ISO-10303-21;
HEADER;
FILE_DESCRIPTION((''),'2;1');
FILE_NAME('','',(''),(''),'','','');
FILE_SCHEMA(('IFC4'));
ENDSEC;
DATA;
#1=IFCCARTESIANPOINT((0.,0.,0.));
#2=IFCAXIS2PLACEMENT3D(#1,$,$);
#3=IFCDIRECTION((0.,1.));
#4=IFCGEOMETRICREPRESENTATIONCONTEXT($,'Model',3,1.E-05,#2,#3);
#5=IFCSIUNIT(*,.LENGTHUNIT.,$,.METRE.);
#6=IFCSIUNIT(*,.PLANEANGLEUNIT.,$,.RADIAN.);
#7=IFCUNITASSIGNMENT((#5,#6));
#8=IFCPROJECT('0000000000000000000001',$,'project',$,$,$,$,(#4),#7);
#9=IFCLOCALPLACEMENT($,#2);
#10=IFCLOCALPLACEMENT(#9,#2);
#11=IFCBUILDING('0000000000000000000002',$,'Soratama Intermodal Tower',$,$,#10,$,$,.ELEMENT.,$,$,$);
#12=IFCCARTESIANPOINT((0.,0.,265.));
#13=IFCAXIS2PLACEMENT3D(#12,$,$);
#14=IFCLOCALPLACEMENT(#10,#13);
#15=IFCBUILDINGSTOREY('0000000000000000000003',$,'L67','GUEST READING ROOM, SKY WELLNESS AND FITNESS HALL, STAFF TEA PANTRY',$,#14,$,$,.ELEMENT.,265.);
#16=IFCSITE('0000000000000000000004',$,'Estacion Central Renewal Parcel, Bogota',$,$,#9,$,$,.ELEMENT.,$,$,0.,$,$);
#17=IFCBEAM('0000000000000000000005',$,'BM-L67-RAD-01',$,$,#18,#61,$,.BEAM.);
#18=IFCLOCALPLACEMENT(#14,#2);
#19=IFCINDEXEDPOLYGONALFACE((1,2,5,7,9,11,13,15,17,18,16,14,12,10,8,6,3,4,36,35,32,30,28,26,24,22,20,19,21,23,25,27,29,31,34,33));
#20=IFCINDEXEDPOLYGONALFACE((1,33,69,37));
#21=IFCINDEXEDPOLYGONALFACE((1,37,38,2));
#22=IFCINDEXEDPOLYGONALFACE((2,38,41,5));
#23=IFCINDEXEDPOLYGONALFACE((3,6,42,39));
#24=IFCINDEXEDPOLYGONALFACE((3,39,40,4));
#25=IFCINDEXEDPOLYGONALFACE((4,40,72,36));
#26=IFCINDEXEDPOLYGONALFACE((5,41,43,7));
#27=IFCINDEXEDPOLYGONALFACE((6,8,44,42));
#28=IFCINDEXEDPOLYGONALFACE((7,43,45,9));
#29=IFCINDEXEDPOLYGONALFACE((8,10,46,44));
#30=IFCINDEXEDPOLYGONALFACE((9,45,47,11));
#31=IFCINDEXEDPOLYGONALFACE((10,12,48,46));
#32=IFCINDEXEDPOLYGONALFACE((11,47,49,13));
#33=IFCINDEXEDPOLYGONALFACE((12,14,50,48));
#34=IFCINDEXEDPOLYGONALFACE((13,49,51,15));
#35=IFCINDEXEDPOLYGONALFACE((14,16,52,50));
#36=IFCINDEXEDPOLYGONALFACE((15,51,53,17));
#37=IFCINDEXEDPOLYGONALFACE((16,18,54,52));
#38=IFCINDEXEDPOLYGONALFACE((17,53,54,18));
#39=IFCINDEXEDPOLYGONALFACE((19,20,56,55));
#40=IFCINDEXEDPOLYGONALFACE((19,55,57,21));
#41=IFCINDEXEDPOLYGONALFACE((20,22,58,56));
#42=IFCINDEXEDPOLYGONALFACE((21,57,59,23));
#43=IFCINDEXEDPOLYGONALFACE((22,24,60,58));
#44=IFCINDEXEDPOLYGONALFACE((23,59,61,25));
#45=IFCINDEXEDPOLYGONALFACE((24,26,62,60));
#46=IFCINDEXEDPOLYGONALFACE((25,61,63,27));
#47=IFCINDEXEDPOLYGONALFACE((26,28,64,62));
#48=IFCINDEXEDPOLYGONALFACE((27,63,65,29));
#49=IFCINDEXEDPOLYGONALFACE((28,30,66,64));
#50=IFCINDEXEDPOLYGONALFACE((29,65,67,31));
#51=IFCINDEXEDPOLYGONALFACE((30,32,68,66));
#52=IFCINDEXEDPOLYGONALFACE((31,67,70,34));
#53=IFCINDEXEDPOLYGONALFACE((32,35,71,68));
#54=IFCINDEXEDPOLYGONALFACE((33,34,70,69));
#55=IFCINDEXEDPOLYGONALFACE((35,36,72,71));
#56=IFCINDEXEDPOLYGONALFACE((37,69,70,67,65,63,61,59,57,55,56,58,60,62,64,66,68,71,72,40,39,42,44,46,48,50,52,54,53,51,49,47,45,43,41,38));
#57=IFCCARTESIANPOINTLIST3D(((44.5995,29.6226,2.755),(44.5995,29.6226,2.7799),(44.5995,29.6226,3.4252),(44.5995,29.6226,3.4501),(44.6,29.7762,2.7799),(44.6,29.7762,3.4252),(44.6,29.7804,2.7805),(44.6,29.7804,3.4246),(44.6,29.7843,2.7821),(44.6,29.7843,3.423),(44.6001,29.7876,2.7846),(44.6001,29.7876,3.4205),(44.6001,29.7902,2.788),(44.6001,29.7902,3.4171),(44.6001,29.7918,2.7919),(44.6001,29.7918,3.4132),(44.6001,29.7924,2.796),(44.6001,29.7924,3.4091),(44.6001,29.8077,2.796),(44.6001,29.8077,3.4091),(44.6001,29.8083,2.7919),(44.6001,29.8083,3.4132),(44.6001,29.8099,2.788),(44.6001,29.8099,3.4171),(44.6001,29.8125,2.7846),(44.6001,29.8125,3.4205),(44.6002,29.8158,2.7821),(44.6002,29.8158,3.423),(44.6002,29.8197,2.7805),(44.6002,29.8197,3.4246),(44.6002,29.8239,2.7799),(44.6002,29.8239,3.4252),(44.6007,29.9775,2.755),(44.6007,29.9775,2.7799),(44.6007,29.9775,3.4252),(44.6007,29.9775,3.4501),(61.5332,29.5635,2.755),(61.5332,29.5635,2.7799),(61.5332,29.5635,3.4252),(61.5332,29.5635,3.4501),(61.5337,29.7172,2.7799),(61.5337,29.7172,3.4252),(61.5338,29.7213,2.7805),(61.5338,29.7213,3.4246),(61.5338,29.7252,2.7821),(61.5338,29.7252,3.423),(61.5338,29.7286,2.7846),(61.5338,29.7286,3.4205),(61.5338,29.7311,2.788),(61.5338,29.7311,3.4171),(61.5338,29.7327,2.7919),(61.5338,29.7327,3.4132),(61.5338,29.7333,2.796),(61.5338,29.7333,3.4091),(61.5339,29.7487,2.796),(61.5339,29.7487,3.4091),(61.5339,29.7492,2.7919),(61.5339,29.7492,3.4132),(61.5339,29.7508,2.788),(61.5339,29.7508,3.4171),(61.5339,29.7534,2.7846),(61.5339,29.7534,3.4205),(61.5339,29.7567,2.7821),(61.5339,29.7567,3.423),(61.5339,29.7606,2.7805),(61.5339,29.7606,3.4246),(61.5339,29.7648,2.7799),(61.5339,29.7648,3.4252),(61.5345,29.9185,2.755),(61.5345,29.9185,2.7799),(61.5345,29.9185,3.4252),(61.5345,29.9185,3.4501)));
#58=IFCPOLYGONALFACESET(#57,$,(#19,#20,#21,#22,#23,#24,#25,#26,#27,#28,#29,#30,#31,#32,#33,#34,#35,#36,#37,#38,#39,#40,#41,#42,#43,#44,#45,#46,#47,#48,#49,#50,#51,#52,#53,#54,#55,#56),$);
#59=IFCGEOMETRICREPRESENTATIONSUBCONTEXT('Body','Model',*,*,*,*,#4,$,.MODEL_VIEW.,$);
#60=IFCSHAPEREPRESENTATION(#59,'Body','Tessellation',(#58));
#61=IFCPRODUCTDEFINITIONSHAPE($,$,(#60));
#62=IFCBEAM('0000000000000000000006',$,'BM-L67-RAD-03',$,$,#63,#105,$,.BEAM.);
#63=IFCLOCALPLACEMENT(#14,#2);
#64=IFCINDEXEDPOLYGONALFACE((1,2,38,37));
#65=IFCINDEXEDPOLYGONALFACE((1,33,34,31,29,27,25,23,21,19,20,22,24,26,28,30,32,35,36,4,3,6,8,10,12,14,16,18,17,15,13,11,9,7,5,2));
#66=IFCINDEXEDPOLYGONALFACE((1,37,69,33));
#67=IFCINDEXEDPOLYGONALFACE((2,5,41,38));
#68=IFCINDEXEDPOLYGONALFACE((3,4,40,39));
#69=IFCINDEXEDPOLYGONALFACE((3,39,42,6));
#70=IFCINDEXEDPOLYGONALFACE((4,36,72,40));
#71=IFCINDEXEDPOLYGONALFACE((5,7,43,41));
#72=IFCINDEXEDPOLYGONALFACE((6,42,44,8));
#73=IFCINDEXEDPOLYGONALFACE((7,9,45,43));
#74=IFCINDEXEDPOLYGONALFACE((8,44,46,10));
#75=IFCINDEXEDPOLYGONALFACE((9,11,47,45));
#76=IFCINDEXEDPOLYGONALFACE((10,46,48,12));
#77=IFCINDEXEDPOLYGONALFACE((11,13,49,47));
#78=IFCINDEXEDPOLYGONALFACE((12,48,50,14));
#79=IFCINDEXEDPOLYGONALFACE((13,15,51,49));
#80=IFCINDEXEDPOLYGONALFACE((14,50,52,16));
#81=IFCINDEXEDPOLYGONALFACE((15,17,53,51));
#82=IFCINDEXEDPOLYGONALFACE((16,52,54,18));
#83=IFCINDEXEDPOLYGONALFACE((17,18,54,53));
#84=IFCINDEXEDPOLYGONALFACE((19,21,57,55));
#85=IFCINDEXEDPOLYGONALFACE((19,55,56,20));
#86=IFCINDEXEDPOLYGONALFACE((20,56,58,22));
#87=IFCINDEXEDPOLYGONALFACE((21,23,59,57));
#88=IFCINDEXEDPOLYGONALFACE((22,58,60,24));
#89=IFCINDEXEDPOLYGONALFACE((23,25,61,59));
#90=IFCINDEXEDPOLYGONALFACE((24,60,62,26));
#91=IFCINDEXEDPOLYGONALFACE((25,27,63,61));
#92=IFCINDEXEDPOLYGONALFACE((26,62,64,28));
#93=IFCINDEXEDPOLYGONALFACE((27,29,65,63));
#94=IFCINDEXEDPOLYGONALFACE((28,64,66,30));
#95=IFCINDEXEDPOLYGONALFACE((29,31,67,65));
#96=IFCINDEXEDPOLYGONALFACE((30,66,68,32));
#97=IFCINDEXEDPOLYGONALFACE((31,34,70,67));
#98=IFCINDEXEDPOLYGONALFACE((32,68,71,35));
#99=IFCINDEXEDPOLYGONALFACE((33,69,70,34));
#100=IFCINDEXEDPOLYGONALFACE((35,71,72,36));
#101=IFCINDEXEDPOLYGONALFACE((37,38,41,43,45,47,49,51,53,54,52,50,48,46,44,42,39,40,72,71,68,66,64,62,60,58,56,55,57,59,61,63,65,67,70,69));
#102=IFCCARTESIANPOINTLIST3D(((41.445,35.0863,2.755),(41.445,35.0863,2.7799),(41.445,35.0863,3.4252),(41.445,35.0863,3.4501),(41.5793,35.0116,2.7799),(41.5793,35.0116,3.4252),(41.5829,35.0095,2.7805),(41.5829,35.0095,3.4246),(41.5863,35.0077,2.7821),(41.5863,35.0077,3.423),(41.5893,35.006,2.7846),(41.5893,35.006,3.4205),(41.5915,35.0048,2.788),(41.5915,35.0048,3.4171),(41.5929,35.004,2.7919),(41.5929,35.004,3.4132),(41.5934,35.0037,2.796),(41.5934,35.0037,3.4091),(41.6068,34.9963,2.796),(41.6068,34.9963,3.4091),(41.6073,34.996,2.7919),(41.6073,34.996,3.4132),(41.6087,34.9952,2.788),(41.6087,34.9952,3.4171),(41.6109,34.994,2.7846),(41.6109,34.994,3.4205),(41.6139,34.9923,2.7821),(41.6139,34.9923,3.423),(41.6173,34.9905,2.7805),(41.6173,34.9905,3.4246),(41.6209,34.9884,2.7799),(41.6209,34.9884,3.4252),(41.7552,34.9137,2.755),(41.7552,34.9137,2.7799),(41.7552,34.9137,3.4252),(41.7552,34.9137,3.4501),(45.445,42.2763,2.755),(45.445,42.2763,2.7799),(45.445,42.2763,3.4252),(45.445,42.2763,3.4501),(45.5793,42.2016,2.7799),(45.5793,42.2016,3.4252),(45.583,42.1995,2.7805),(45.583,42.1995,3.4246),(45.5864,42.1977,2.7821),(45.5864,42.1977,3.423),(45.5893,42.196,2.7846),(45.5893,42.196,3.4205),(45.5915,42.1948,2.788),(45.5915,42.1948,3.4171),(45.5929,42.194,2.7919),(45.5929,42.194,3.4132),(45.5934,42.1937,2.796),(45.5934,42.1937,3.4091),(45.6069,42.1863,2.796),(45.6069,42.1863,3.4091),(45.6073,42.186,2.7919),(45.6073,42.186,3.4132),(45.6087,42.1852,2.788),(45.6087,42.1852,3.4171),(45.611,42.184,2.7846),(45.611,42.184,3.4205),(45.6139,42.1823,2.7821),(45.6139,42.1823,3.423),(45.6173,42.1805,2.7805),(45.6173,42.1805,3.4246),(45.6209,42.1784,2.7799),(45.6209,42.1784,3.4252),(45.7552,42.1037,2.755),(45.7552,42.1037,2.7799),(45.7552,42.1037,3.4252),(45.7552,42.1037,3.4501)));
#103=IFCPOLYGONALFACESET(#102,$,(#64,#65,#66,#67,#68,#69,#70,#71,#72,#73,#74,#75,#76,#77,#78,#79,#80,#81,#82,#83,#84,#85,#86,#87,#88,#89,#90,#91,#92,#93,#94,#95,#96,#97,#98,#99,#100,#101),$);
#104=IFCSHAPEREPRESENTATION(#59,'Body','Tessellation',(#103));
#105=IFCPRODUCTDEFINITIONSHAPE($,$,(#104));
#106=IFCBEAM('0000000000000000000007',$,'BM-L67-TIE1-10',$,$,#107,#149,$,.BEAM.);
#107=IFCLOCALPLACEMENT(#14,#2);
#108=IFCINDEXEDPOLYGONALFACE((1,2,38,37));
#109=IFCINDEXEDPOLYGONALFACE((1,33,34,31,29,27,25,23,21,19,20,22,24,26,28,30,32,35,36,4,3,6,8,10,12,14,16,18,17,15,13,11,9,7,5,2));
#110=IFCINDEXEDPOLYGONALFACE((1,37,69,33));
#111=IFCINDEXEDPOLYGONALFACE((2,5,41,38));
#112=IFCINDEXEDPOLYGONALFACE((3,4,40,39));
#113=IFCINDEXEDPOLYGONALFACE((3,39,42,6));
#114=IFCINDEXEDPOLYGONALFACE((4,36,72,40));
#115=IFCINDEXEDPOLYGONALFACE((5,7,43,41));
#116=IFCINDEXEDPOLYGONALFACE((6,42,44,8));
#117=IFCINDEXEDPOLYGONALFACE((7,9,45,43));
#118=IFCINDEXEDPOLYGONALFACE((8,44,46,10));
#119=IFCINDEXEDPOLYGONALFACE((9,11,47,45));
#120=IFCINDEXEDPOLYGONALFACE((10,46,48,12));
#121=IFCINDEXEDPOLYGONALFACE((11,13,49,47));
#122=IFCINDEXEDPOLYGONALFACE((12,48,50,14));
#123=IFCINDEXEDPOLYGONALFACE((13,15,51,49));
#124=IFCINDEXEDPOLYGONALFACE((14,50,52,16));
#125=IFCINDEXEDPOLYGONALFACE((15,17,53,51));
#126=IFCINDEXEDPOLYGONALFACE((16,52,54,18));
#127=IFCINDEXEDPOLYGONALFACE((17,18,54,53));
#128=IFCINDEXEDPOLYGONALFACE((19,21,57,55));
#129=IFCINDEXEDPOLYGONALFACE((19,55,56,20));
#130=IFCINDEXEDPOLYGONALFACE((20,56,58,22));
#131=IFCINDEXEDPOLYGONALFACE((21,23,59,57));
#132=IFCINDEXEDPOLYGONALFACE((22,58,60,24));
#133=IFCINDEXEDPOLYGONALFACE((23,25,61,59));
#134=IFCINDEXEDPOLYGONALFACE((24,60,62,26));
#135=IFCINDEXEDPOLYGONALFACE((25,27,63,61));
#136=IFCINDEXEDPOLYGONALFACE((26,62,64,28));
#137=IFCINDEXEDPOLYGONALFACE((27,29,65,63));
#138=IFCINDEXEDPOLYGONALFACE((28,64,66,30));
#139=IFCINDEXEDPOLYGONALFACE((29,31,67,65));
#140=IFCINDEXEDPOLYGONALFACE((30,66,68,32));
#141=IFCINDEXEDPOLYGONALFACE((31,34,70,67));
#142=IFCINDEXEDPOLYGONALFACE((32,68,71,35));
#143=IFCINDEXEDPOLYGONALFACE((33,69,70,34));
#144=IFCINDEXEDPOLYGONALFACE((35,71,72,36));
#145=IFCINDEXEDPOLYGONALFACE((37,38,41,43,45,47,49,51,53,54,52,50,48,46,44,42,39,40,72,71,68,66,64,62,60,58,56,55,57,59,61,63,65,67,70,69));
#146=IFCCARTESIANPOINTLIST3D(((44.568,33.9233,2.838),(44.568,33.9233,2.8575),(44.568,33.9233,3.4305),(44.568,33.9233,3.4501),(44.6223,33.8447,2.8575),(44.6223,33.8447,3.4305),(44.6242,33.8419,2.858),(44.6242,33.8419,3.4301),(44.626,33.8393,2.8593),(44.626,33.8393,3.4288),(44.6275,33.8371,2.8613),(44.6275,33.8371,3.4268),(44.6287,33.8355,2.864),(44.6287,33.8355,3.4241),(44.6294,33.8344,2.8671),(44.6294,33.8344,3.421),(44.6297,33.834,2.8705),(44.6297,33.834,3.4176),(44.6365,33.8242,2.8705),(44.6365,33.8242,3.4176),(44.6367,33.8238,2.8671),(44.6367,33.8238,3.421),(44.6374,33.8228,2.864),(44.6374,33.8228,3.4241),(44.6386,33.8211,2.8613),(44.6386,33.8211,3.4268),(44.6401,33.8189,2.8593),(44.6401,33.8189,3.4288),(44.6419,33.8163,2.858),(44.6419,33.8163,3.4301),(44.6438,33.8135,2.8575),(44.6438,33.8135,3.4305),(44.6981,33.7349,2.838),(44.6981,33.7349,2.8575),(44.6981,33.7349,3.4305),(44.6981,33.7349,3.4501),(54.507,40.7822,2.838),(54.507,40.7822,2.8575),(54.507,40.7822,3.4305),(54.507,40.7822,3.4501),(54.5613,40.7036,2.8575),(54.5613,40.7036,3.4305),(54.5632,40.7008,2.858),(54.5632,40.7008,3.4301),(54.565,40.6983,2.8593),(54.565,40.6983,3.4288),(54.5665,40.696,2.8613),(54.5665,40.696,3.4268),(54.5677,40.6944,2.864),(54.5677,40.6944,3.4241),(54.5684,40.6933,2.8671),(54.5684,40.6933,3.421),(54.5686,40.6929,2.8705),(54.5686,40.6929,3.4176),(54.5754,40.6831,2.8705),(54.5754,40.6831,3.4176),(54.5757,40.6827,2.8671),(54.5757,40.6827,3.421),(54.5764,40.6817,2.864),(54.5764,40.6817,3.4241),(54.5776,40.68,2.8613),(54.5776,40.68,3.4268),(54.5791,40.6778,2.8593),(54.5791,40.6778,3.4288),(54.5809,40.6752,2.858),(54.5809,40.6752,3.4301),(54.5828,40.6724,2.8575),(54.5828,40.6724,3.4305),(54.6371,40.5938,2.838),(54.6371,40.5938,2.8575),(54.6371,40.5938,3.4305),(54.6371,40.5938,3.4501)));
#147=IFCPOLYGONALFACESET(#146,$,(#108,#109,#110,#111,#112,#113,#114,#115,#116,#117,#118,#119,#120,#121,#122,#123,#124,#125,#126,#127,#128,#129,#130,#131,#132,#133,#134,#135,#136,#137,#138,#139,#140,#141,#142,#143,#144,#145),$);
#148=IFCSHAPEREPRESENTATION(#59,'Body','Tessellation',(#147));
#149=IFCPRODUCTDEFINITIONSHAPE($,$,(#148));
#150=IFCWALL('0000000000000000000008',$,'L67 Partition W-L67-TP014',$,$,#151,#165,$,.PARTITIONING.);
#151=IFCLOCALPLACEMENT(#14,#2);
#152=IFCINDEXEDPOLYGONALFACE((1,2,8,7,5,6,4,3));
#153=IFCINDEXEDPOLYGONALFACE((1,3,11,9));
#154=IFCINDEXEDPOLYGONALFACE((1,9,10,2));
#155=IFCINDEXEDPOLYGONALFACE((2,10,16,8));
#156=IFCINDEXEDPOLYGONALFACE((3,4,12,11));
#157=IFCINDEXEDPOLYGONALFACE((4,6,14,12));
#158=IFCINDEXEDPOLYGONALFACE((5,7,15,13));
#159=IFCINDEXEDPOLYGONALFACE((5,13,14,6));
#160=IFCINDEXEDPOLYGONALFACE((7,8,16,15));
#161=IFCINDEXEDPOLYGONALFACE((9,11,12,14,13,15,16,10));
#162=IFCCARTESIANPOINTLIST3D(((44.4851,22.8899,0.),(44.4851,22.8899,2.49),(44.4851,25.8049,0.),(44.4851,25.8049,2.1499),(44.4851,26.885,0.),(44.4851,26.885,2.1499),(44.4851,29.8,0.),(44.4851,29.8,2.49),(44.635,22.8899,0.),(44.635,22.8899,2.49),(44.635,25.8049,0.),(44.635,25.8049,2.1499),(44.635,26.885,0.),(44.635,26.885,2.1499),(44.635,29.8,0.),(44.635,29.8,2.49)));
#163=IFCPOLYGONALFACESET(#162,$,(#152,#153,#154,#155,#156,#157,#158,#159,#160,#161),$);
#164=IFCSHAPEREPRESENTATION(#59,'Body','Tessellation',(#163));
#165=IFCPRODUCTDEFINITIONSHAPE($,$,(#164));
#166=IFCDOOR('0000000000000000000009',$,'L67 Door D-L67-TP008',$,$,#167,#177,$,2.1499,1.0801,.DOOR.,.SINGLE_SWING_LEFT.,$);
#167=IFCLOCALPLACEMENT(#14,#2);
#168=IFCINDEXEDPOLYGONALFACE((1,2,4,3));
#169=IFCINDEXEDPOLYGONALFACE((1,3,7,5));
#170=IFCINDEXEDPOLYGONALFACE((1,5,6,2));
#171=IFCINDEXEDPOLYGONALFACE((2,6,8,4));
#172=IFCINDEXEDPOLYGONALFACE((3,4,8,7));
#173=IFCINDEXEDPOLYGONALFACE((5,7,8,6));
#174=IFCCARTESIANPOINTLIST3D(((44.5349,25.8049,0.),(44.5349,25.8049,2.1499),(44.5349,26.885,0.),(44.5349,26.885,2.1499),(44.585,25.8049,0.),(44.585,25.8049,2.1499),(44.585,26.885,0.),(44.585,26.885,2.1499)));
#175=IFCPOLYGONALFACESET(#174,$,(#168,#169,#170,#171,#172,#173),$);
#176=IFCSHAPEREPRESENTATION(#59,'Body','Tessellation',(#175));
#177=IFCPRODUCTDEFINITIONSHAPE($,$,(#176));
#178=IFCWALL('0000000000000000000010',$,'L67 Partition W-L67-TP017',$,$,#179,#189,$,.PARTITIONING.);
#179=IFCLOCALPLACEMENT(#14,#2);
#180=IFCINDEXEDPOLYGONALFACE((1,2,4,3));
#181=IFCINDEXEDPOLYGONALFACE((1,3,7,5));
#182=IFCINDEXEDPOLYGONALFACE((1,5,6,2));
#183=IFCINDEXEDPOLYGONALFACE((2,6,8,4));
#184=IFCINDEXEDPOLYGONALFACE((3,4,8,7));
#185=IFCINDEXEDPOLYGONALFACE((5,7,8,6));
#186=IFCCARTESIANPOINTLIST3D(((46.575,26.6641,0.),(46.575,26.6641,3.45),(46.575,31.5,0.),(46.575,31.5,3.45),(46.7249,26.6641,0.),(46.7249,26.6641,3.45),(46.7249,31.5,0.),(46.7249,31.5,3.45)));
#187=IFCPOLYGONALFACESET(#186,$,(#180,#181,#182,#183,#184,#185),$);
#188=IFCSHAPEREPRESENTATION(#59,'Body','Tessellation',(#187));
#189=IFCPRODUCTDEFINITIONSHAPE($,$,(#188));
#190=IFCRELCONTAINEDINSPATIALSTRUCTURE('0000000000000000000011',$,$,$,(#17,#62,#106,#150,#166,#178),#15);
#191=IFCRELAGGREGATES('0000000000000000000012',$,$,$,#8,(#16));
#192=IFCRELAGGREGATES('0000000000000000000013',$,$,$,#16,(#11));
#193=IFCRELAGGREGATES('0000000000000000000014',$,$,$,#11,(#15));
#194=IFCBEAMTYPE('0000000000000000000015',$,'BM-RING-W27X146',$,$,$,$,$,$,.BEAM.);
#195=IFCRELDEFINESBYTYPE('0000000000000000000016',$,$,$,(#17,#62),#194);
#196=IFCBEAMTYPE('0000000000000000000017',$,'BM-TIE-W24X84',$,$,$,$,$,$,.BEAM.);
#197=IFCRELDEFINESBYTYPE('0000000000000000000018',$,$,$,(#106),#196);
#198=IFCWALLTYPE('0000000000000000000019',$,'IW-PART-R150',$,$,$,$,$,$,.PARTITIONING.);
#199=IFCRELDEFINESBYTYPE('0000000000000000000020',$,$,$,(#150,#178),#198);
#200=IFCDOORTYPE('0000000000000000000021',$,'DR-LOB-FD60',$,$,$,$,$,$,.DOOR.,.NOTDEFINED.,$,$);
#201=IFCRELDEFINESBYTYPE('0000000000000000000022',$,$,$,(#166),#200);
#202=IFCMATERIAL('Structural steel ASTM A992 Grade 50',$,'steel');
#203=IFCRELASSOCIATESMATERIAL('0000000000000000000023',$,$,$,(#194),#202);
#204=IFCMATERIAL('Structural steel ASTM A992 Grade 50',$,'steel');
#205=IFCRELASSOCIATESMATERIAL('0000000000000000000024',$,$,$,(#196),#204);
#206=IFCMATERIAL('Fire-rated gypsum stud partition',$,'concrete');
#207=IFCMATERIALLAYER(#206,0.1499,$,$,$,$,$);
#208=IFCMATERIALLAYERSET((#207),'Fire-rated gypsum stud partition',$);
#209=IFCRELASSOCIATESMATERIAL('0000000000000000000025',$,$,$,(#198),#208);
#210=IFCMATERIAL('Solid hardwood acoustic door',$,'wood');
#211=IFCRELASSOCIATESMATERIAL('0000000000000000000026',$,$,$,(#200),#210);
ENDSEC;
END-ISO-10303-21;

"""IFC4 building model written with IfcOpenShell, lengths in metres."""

from ifc_helpers import new_model, si_unit, direction, frame, frame_2d, origin, origin_2d, place, context, subcontext, project, spatial, rectangle, i_section, extrude, material, layer, layer_set, material_profile, profile_set, type_object, element, fill, save


model = new_model("IFC4")

# Units and contexts
model_context = context("Model", 3, precision=1e-05, world=origin(), true_north=direction((0.0, 1.0)))
body_context = subcontext(model_context, "Body", "Model", "MODEL_VIEW")
ifc_project = project(units=[si_unit("LENGTHUNIT", "METRE"), si_unit("PLANEANGLEUNIT", "RADIAN")], contexts=[model_context])

# Site, building, storey
site_placement = place(None, origin())
site = spatial("IfcSite", under=ifc_project, at=site_placement, Name="Estacion Central Renewal Parcel, Bogota", CompositionType="ELEMENT", RefElevation=0.0)
building_placement = place(site_placement, origin())
building = spatial("IfcBuilding", under=site, at=building_placement, Name="Soratama Intermodal Tower", CompositionType="ELEMENT")
storey_placement = place(building_placement, frame((0.0, 0.0, 265.0)))
storey = spatial("IfcBuildingStorey", under=building, at=storey_placement, Name="L67", Description="GUEST READING ROOM, SKY WELLNESS AND FITNESS HALL, STAFF TEA PANTRY", CompositionType="ELEMENT", Elevation=265.0)

# Beams
ifc_material_1 = material(Name="Structural steel ASTM A992 Grade 50", Category="steel")
ifc_material_profile_1 = material_profile(ifc_material_1, i_section(OverallWidth=0.355, OverallDepth=0.6951, WebThickness=0.0154, FlangeThickness=0.0249, FilletRadius=0.0161, at=origin_2d()), Name="W27X146")
ifc_profile_set_1 = profile_set([ifc_material_profile_1], Name="Structural steel ASTM A992 Grade 50")
beam_type_1 = type_object("IfcBeamType", Name="BM-RING-W27X146", PredefinedType="BEAM", material=ifc_profile_set_1)
beam_1_placement = place(storey_placement, frame((44.6001, 29.8, 3.1025), z_axis=(0.999994, -0.003489, 0.0), x_axis=(0.003489, 0.999994, 0.0)))
element("IfcBeam", 1, at=beam_1_placement, inside=storey, type_object=beam_type_1, Name="BM-L67-RAD-01", PredefinedType="BEAM", context=body_context, shape_type="SweptSolid", body=[
    extrude(i_section(OverallWidth=0.355, OverallDepth=0.6951, WebThickness=0.0154, FlangeThickness=0.0249, FilletRadius=0.0161, at=origin_2d()), origin(), (0.0, 0.0, 1.0), 16.9338),
])
beam_2_placement = place(storey_placement, frame((41.6001, 35.0, 3.1025), z_axis=(0.486162, 0.873869, 0.0), x_axis=(-0.873869, 0.486162, 0.0)))
element("IfcBeam", 2, at=beam_2_placement, inside=storey, type_object=beam_type_1, Name="BM-L67-RAD-03", PredefinedType="BEAM", context=body_context, shape_type="SweptSolid", body=[
    extrude(i_section(OverallWidth=0.355, OverallDepth=0.6951, WebThickness=0.0154, FlangeThickness=0.0249, FilletRadius=0.0161, at=origin_2d()), origin(), (0.0, 0.0, 1.0), 8.2278),
])
ifc_material_2 = material(Name="Structural steel ASTM A992 Grade 50", Category="steel")
ifc_material_profile_2 = material_profile(ifc_material_2, i_section(OverallWidth=0.229, OverallDepth=0.6121, WebThickness=0.012, FlangeThickness=0.0195, FilletRadius=0.0129, at=origin_2d()), Name="W24X84")
ifc_profile_set_2 = profile_set([ifc_material_profile_2], Name="Structural steel ASTM A992 Grade 50")
beam_type_2 = type_object("IfcBeamType", Name="BM-TIE-W24X84", PredefinedType="BEAM", material=ifc_profile_set_2)
beam_3_placement = place(storey_placement, frame((44.6331, 33.8291, 3.144), z_axis=(0.823041, 0.567981, 0.0), x_axis=(-0.567981, 0.823041, 0.0)))
element("IfcBeam", 3, at=beam_3_placement, inside=storey, type_object=beam_type_2, Name="BM-L67-TIE1-10", PredefinedType="BEAM", context=body_context, shape_type="SweptSolid", body=[
    extrude(i_section(OverallWidth=0.229, OverallDepth=0.6121, WebThickness=0.012, FlangeThickness=0.0195, FilletRadius=0.0129, at=origin_2d()), origin(), (0.0, 0.0, 1.0), 12.0759),
])

# Wall, opening, door
ifc_material_3 = material(Name="Fire-rated gypsum stud partition", Category="concrete")
ifc_layer_1 = layer(ifc_material_3, 0.1499)
ifc_layer_set_1 = layer_set([ifc_layer_1], Name="Fire-rated gypsum stud partition")
wall_type_1 = type_object("IfcWallType", Name="IW-PART-R150", PredefinedType="PARTITIONING", material=ifc_layer_set_1)
wall_1_placement = place(storey_placement, frame((44.5601, 29.8, 0.0), z_axis=(0.0, 0.0, 1.0), x_axis=(0.0, -1.0, 0.0)))
wall_1 = element("IfcWall", 4, at=wall_1_placement, inside=storey, type_object=wall_type_1, Name="L67 Partition W-L67-TP014", PredefinedType="PARTITIONING", context=body_context, shape_type="SweptSolid", body=[
    extrude(rectangle(XDim=6.9102, YDim=0.1499, at=frame_2d((3.4551, 0.0))), origin(), (0.0, 0.0, 1.0), 2.49),
])
opening_1_placement = place(wall_1_placement, frame((2.915, 0.0, 0.0)))
opening_1 = element("IfcOpeningElement", 5, at=opening_1_placement, cuts=wall_1, PredefinedType="OPENING", context=body_context, shape_type="SweptSolid", body=[
    extrude(rectangle(XDim=1.0801, YDim=2.1499, at=frame_2d((0.54, 1.075))), frame((0.0, 0.085, 0.0), z_axis=(0.0, -1.0, 0.0), x_axis=(1.0, 0.0, 0.0)), (0.0, 0.0, 1.0), 0.1699),
])
ifc_material_4 = material(Name="Solid hardwood acoustic door", Category="wood")
door_type_1 = type_object("IfcDoorType", Name="DR-LOB-FD60", OperationType="NOTDEFINED", PredefinedType="DOOR", material=ifc_material_4)
door_1_placement = place(opening_1_placement, origin())
door_1 = element("IfcDoor", 6, at=door_1_placement, inside=storey, type_object=door_type_1, Name="L67 Door D-L67-TP008", OperationType="SINGLE_SWING_LEFT", OverallHeight=2.1499, OverallWidth=1.0801, PredefinedType="DOOR", context=body_context, shape_type="SweptSolid", body=[
    extrude(rectangle(XDim=1.0801, YDim=2.1499, at=frame_2d((0.54, 1.075))), frame((0.0, 0.0249, 0.0), z_axis=(0.0, -1.0, 0.0), x_axis=(1.0, 0.0, 0.0)), (0.0, 0.0, 1.0), 0.05),
])
fill(opening_1, door_1)

# Wall
wall_2_placement = place(storey_placement, frame((46.6499, 31.5, 0.0), z_axis=(0.0, 0.0, 1.0), x_axis=(0.0, -1.0, 0.0)))
element("IfcWall", 7, at=wall_2_placement, inside=storey, type_object=wall_type_1, Name="L67 Partition W-L67-TP017", PredefinedType="PARTITIONING", context=body_context, shape_type="SweptSolid", body=[
    extrude(rectangle(XDim=4.8359, YDim=0.1499, at=frame_2d((2.418, 0.0))), origin(), (0.0, 0.0, 1.0), 3.45),
])

save(model, "model.ifc")
